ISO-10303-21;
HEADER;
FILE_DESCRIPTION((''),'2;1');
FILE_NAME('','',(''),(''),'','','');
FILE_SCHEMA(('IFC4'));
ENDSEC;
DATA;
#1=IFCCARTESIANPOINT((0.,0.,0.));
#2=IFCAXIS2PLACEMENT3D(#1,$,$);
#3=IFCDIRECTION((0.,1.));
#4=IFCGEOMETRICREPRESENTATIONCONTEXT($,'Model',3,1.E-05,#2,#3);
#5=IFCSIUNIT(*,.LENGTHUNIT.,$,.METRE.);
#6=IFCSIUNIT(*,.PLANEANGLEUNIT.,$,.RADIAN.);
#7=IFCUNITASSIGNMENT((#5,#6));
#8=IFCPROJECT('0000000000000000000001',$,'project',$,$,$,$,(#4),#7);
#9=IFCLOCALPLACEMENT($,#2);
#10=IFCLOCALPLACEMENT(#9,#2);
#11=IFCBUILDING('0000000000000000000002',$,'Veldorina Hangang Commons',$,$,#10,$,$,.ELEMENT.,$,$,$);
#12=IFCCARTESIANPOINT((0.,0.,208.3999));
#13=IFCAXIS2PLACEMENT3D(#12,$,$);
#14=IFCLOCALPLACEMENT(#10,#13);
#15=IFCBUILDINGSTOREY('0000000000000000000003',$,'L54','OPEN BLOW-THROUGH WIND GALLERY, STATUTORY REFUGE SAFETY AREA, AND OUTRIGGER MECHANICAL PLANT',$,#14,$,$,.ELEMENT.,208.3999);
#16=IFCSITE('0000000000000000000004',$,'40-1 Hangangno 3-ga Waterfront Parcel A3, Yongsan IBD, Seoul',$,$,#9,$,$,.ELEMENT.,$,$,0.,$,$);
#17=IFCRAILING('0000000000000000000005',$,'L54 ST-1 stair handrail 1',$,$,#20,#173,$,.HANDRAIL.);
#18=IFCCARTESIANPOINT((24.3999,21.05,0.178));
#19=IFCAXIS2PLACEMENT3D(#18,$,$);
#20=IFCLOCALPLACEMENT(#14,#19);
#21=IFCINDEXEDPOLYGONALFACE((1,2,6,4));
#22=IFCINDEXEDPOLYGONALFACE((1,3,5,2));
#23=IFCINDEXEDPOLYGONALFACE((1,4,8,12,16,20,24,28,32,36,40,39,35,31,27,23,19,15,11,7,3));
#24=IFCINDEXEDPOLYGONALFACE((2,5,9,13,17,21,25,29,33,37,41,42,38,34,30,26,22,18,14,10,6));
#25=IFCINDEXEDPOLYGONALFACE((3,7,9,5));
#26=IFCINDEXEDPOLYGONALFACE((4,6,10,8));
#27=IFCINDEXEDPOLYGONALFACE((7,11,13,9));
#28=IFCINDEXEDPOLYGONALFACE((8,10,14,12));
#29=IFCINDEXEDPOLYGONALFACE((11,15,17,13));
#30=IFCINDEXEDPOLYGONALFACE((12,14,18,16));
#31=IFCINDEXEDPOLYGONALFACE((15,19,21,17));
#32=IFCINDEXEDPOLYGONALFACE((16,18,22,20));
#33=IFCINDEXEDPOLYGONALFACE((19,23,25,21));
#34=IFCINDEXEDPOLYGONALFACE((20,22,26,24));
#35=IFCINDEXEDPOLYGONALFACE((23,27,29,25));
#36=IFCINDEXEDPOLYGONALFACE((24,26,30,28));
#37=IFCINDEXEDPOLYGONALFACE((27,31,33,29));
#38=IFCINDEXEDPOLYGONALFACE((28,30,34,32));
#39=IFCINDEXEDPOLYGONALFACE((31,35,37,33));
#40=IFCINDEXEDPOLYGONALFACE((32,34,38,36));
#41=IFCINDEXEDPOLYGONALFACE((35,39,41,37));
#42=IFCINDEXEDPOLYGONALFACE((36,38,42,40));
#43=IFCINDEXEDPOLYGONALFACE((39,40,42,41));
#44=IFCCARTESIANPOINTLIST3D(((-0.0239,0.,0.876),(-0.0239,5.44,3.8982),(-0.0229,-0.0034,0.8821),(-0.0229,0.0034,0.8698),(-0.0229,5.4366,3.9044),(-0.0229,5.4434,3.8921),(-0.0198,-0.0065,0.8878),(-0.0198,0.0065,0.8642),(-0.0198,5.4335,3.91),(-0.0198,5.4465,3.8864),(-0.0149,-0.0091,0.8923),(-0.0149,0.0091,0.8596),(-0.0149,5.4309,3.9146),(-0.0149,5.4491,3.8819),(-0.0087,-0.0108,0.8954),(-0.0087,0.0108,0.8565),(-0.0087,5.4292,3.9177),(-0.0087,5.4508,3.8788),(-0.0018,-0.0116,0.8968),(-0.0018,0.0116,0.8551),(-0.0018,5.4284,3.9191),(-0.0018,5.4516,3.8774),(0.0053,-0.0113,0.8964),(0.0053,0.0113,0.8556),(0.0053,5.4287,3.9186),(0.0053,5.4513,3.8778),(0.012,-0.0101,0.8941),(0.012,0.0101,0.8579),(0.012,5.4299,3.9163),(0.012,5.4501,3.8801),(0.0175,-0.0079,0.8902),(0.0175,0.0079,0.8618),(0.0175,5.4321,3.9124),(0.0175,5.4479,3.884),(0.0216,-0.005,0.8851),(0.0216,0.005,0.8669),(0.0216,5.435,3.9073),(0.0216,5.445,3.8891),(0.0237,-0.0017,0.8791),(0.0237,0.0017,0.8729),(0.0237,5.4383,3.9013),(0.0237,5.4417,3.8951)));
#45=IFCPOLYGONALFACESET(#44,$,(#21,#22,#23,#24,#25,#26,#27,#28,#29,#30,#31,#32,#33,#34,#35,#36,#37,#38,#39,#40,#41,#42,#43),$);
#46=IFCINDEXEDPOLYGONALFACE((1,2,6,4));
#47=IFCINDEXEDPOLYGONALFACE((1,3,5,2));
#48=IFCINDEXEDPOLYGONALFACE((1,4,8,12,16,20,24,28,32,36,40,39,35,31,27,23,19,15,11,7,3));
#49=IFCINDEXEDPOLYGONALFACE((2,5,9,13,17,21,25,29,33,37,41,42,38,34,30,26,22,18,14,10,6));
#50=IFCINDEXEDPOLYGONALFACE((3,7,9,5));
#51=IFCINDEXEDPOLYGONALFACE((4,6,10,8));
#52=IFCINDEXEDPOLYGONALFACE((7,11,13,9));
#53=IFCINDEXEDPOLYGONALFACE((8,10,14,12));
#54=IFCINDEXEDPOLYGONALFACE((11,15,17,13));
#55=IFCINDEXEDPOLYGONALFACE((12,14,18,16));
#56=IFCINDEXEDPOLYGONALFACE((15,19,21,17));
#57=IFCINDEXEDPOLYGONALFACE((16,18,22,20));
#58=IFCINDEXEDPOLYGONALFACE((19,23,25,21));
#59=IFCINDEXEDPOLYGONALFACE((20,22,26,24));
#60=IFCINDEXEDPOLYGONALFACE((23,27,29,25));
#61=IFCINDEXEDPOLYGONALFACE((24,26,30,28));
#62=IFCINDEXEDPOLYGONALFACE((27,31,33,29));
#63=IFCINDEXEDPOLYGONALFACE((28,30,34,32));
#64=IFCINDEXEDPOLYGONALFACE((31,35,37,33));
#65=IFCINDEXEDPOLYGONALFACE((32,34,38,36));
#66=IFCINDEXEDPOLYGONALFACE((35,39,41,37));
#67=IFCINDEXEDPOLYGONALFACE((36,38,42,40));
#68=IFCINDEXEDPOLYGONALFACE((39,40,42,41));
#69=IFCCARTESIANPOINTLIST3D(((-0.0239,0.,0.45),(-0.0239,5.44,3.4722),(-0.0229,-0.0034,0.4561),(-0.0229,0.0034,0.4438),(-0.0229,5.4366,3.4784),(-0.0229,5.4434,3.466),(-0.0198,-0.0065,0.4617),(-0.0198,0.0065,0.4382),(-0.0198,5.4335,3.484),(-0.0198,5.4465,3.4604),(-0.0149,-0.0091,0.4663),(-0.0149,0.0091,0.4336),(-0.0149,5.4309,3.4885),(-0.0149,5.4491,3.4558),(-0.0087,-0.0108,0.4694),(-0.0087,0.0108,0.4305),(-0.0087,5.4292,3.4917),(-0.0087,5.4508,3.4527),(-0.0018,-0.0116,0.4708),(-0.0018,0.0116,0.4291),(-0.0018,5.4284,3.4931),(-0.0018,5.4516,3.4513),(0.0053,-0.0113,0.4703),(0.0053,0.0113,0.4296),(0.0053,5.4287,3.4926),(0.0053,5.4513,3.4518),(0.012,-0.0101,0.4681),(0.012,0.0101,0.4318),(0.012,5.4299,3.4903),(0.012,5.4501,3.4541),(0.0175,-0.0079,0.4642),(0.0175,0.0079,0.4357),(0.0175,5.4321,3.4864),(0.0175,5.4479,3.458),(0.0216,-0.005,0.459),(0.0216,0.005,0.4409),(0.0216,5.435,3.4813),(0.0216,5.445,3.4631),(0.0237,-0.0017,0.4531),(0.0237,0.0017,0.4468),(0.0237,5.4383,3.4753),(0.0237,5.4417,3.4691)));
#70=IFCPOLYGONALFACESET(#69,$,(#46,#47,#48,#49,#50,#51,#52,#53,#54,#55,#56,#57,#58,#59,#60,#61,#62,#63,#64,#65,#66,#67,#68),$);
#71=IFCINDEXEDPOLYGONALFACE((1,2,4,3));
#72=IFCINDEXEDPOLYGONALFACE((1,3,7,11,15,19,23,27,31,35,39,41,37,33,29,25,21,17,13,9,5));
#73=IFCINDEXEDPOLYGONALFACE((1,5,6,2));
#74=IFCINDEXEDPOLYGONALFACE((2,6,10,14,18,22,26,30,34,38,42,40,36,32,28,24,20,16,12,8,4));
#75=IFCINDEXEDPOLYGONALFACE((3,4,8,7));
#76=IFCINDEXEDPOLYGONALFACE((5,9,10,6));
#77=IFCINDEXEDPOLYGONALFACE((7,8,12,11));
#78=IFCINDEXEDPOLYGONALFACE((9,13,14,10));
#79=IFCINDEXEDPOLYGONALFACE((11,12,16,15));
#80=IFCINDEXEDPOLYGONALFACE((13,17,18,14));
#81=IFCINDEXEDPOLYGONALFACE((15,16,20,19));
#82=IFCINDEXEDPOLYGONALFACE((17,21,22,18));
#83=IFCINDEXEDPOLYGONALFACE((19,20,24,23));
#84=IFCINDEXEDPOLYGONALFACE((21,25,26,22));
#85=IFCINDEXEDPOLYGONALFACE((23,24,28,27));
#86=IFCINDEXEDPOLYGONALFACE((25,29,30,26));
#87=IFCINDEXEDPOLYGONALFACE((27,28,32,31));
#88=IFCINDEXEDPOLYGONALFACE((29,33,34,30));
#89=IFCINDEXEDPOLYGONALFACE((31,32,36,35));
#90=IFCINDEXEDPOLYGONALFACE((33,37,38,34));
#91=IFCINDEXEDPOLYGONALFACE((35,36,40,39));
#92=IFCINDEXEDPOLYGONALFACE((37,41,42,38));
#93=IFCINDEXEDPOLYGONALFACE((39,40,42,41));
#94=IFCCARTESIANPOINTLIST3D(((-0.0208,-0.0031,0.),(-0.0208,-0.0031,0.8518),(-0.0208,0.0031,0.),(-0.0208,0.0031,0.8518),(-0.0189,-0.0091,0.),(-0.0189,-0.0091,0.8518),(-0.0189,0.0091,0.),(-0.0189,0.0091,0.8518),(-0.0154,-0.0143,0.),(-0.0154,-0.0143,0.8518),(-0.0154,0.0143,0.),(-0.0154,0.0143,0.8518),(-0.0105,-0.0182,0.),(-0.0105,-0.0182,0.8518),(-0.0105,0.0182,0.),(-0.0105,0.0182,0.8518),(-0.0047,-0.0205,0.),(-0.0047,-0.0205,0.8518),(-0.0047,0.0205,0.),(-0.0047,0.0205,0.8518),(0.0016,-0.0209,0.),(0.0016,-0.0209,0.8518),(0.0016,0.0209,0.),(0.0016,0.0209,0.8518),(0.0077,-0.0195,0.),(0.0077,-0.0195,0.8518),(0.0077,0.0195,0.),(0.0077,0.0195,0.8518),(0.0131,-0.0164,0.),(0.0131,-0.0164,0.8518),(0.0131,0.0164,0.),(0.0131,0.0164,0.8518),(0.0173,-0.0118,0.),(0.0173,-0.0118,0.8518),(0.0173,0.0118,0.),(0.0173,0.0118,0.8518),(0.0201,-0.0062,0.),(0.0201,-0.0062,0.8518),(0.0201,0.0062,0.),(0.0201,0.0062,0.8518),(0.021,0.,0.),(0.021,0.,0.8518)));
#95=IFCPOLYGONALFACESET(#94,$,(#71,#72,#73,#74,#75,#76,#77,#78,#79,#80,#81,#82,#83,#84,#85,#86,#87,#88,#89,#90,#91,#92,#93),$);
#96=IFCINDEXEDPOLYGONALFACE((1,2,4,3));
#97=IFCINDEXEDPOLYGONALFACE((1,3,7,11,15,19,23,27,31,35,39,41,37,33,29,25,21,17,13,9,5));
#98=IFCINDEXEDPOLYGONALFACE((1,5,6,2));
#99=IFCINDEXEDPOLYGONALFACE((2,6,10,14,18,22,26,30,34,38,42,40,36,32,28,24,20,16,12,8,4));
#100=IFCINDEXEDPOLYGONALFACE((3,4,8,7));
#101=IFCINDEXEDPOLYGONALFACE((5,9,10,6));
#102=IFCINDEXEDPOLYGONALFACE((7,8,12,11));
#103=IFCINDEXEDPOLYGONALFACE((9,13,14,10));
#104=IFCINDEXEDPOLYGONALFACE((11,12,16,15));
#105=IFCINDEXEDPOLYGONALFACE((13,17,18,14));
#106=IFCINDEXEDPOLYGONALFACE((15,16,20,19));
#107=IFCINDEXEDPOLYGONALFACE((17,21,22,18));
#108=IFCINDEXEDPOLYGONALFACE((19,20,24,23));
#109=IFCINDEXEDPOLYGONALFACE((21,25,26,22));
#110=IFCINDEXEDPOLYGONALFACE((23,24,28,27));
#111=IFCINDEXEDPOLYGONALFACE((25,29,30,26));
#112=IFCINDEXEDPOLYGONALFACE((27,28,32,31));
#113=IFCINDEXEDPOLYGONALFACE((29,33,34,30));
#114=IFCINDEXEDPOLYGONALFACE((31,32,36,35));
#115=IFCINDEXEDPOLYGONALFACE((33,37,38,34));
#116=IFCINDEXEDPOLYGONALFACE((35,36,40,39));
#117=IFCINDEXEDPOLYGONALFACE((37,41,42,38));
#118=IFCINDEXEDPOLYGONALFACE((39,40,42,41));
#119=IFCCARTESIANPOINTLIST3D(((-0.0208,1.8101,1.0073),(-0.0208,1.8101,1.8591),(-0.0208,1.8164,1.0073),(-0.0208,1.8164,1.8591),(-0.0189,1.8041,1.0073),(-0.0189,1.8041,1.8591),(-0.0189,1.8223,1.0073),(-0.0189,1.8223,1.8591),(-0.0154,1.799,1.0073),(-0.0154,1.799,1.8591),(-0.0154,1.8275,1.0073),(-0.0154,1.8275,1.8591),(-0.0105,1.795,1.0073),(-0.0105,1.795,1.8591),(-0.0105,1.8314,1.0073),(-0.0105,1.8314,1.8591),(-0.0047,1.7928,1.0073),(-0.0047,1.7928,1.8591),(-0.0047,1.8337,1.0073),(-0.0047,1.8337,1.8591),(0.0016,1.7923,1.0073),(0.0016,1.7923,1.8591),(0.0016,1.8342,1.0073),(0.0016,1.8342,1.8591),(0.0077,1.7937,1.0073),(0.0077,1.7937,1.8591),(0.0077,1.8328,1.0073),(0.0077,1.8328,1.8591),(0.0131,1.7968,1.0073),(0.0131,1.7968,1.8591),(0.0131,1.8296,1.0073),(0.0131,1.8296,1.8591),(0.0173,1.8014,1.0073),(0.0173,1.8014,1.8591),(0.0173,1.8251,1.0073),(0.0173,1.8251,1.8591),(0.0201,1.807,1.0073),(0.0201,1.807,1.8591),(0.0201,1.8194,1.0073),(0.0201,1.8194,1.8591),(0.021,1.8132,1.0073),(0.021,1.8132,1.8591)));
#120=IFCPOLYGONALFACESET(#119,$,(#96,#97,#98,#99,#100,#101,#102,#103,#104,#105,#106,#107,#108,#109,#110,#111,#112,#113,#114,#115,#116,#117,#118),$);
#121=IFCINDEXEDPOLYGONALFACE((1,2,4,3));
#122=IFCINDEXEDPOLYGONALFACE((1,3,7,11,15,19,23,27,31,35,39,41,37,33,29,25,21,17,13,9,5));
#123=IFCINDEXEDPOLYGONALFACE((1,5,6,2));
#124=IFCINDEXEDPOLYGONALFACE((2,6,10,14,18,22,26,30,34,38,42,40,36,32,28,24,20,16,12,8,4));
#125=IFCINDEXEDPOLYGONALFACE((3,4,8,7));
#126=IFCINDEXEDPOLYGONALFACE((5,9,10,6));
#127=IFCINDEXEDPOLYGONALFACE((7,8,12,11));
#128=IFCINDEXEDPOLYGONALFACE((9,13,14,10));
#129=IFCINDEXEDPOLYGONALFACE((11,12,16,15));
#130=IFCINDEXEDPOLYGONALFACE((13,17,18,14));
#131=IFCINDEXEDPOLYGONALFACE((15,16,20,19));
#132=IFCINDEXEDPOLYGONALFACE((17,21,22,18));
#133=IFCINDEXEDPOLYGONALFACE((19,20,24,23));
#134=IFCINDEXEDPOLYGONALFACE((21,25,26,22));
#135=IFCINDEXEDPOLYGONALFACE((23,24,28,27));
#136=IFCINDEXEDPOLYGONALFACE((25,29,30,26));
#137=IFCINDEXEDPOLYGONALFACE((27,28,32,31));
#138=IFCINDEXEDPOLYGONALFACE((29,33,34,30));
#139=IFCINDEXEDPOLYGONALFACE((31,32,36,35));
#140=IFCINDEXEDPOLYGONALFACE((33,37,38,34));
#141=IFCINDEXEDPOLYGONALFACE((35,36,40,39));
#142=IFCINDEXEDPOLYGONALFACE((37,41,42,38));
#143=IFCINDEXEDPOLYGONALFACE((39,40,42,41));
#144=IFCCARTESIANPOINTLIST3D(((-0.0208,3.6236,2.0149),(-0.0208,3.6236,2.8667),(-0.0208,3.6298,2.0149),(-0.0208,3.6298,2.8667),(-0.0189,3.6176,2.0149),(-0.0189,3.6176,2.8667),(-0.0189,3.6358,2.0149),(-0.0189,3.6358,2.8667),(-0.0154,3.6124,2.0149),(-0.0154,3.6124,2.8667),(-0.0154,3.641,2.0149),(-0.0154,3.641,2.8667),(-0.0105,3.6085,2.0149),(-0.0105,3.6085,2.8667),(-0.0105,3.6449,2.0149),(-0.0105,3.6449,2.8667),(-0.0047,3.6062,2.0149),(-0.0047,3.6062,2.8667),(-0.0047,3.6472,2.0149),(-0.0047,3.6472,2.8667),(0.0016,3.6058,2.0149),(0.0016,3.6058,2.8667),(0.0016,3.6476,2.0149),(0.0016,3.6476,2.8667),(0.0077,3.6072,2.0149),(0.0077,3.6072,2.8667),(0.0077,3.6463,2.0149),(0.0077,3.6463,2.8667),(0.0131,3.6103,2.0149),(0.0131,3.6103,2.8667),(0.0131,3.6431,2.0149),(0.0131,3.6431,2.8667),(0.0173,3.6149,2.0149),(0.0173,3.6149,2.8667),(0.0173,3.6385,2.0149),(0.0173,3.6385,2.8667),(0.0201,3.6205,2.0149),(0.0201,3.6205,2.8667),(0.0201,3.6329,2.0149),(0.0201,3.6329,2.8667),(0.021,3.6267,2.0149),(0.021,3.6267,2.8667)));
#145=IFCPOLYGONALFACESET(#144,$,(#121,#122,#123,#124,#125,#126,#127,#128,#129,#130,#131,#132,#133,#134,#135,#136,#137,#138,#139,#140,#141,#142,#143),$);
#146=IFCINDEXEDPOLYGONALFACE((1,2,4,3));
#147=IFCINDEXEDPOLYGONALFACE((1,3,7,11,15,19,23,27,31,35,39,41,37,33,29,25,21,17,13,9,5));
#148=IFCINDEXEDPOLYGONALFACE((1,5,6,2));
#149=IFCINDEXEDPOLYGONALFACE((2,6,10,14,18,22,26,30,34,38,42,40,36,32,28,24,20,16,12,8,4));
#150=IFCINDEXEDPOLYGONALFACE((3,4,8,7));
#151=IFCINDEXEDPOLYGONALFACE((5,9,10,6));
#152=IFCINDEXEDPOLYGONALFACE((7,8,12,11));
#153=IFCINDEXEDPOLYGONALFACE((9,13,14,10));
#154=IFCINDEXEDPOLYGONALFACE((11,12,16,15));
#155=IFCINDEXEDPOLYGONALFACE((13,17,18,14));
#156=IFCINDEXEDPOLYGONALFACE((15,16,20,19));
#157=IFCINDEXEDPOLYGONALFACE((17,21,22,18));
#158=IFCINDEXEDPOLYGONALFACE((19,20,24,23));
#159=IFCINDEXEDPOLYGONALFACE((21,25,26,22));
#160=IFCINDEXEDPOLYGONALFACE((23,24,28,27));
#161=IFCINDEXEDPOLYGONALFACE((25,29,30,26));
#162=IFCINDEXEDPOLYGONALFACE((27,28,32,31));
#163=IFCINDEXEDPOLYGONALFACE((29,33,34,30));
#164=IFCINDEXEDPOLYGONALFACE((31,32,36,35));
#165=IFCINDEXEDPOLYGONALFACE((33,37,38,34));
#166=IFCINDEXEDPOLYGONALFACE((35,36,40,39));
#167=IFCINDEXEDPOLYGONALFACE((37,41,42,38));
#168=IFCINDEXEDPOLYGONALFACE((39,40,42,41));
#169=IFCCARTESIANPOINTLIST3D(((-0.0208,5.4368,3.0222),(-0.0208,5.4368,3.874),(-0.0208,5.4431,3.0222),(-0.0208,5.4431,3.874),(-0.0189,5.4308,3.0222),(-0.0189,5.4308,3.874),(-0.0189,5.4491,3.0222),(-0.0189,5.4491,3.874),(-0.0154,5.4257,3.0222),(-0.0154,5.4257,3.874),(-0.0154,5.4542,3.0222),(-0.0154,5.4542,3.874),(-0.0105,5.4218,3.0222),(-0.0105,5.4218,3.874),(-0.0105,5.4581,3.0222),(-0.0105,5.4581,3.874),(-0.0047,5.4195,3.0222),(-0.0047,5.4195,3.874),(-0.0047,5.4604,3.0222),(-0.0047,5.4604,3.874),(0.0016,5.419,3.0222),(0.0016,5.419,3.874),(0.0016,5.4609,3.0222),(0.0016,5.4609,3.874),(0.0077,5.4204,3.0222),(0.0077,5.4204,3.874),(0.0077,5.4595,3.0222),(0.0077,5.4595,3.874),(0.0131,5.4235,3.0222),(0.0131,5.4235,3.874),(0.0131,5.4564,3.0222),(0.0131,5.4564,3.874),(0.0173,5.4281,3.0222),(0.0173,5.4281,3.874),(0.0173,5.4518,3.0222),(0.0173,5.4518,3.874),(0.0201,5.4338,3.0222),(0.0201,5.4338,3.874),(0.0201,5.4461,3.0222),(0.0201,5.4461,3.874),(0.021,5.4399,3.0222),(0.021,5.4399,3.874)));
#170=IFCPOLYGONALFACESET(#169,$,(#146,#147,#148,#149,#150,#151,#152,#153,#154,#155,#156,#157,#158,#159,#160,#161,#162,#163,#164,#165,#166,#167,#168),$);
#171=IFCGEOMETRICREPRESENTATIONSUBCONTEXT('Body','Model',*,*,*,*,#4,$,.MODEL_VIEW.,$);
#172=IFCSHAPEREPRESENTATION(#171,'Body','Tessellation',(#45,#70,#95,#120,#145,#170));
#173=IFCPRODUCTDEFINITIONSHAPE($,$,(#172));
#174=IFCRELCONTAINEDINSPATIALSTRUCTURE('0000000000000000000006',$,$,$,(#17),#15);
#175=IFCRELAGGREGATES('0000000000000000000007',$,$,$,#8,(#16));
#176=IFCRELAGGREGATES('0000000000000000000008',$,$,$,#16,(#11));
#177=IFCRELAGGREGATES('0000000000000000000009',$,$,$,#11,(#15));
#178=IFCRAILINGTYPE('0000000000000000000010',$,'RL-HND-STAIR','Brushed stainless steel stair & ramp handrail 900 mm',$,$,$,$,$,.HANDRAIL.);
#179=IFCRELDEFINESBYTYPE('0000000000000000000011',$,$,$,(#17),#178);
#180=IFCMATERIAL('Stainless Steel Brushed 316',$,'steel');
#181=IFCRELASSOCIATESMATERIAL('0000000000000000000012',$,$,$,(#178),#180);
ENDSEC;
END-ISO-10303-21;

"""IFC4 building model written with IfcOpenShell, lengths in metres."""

from ifc_helpers import new_model, si_unit, direction, frame, origin, origin_2d, place, context, subcontext, project, spatial, circle, extrude, material, type_object, element, save


model = new_model("IFC4")

# Units and contexts
model_context = context("Model", 3, precision=1e-05, world=origin(), true_north=direction((0.0, 1.0)))
body_context = subcontext(model_context, "Body", "Model", "MODEL_VIEW")
ifc_project = project(units=[si_unit("LENGTHUNIT", "METRE"), si_unit("PLANEANGLEUNIT", "RADIAN")], contexts=[model_context])

# Site, building, storey
site_placement = place(None, origin())
site = spatial("IfcSite", under=ifc_project, at=site_placement, Name="40-1 Hangangno 3-ga Waterfront Parcel A3, Yongsan IBD, Seoul", CompositionType="ELEMENT", RefElevation=0.0)
building_placement = place(site_placement, origin())
building = spatial("IfcBuilding", under=site, at=building_placement, Name="Veldorina Hangang Commons", CompositionType="ELEMENT")
storey_placement = place(building_placement, frame((0.0, 0.0, 208.3999)))
storey = spatial("IfcBuildingStorey", under=building, at=storey_placement, Name="L54", Description="OPEN BLOW-THROUGH WIND GALLERY, STATUTORY REFUGE SAFETY AREA, AND OUTRIGGER MECHANICAL PLANT", CompositionType="ELEMENT", Elevation=208.3999)

# Railing
ifc_material_1 = material(Name="Stainless Steel Brushed 316", Category="steel")
railing_type_1 = type_object("IfcRailingType", Name="RL-HND-STAIR", Description="Brushed stainless steel stair & ramp handrail 900 mm", PredefinedType="HANDRAIL", material=ifc_material_1)
railing_1_placement = place(storey_placement, frame((24.3999, 21.05, 0.178)))
element("IfcRailing", 1, at=railing_1_placement, inside=storey, type_object=railing_type_1, Name="L54 ST-1 stair handrail 1", PredefinedType="HANDRAIL", context=body_context, shape_type="SweptSolid", body=[
    extrude(circle(Radius=0.0239, at=origin_2d()), frame((0.0, 0.0, 0.876), z_axis=(0.0, 0.874155, 0.485646), x_axis=(-1.0, 0.0, 0.0)), (0.0, 0.0, 1.0), 6.2231),
    extrude(circle(Radius=0.0239, at=origin_2d()), frame((0.0, 0.0, 0.45), z_axis=(0.0, 0.874155, 0.485646), x_axis=(-1.0, 0.0, 0.0)), (0.0, 0.0, 1.0), 6.2231),
    extrude(circle(Radius=0.021, at=origin_2d()), origin(), (0.0, 0.0, 1.0), 0.8518),
    extrude(circle(Radius=0.021, at=origin_2d()), frame((0.0, 1.8132, 1.0073)), (0.0, 0.0, 1.0), 0.8518),
    extrude(circle(Radius=0.021, at=origin_2d()), frame((0.0, 3.6267, 2.0149)), (0.0, 0.0, 1.0), 0.8518),
    extrude(circle(Radius=0.021, at=origin_2d()), frame((0.0, 5.4399, 3.0222)), (0.0, 0.0, 1.0), 0.8518),
])

save(model, "model.ifc")
